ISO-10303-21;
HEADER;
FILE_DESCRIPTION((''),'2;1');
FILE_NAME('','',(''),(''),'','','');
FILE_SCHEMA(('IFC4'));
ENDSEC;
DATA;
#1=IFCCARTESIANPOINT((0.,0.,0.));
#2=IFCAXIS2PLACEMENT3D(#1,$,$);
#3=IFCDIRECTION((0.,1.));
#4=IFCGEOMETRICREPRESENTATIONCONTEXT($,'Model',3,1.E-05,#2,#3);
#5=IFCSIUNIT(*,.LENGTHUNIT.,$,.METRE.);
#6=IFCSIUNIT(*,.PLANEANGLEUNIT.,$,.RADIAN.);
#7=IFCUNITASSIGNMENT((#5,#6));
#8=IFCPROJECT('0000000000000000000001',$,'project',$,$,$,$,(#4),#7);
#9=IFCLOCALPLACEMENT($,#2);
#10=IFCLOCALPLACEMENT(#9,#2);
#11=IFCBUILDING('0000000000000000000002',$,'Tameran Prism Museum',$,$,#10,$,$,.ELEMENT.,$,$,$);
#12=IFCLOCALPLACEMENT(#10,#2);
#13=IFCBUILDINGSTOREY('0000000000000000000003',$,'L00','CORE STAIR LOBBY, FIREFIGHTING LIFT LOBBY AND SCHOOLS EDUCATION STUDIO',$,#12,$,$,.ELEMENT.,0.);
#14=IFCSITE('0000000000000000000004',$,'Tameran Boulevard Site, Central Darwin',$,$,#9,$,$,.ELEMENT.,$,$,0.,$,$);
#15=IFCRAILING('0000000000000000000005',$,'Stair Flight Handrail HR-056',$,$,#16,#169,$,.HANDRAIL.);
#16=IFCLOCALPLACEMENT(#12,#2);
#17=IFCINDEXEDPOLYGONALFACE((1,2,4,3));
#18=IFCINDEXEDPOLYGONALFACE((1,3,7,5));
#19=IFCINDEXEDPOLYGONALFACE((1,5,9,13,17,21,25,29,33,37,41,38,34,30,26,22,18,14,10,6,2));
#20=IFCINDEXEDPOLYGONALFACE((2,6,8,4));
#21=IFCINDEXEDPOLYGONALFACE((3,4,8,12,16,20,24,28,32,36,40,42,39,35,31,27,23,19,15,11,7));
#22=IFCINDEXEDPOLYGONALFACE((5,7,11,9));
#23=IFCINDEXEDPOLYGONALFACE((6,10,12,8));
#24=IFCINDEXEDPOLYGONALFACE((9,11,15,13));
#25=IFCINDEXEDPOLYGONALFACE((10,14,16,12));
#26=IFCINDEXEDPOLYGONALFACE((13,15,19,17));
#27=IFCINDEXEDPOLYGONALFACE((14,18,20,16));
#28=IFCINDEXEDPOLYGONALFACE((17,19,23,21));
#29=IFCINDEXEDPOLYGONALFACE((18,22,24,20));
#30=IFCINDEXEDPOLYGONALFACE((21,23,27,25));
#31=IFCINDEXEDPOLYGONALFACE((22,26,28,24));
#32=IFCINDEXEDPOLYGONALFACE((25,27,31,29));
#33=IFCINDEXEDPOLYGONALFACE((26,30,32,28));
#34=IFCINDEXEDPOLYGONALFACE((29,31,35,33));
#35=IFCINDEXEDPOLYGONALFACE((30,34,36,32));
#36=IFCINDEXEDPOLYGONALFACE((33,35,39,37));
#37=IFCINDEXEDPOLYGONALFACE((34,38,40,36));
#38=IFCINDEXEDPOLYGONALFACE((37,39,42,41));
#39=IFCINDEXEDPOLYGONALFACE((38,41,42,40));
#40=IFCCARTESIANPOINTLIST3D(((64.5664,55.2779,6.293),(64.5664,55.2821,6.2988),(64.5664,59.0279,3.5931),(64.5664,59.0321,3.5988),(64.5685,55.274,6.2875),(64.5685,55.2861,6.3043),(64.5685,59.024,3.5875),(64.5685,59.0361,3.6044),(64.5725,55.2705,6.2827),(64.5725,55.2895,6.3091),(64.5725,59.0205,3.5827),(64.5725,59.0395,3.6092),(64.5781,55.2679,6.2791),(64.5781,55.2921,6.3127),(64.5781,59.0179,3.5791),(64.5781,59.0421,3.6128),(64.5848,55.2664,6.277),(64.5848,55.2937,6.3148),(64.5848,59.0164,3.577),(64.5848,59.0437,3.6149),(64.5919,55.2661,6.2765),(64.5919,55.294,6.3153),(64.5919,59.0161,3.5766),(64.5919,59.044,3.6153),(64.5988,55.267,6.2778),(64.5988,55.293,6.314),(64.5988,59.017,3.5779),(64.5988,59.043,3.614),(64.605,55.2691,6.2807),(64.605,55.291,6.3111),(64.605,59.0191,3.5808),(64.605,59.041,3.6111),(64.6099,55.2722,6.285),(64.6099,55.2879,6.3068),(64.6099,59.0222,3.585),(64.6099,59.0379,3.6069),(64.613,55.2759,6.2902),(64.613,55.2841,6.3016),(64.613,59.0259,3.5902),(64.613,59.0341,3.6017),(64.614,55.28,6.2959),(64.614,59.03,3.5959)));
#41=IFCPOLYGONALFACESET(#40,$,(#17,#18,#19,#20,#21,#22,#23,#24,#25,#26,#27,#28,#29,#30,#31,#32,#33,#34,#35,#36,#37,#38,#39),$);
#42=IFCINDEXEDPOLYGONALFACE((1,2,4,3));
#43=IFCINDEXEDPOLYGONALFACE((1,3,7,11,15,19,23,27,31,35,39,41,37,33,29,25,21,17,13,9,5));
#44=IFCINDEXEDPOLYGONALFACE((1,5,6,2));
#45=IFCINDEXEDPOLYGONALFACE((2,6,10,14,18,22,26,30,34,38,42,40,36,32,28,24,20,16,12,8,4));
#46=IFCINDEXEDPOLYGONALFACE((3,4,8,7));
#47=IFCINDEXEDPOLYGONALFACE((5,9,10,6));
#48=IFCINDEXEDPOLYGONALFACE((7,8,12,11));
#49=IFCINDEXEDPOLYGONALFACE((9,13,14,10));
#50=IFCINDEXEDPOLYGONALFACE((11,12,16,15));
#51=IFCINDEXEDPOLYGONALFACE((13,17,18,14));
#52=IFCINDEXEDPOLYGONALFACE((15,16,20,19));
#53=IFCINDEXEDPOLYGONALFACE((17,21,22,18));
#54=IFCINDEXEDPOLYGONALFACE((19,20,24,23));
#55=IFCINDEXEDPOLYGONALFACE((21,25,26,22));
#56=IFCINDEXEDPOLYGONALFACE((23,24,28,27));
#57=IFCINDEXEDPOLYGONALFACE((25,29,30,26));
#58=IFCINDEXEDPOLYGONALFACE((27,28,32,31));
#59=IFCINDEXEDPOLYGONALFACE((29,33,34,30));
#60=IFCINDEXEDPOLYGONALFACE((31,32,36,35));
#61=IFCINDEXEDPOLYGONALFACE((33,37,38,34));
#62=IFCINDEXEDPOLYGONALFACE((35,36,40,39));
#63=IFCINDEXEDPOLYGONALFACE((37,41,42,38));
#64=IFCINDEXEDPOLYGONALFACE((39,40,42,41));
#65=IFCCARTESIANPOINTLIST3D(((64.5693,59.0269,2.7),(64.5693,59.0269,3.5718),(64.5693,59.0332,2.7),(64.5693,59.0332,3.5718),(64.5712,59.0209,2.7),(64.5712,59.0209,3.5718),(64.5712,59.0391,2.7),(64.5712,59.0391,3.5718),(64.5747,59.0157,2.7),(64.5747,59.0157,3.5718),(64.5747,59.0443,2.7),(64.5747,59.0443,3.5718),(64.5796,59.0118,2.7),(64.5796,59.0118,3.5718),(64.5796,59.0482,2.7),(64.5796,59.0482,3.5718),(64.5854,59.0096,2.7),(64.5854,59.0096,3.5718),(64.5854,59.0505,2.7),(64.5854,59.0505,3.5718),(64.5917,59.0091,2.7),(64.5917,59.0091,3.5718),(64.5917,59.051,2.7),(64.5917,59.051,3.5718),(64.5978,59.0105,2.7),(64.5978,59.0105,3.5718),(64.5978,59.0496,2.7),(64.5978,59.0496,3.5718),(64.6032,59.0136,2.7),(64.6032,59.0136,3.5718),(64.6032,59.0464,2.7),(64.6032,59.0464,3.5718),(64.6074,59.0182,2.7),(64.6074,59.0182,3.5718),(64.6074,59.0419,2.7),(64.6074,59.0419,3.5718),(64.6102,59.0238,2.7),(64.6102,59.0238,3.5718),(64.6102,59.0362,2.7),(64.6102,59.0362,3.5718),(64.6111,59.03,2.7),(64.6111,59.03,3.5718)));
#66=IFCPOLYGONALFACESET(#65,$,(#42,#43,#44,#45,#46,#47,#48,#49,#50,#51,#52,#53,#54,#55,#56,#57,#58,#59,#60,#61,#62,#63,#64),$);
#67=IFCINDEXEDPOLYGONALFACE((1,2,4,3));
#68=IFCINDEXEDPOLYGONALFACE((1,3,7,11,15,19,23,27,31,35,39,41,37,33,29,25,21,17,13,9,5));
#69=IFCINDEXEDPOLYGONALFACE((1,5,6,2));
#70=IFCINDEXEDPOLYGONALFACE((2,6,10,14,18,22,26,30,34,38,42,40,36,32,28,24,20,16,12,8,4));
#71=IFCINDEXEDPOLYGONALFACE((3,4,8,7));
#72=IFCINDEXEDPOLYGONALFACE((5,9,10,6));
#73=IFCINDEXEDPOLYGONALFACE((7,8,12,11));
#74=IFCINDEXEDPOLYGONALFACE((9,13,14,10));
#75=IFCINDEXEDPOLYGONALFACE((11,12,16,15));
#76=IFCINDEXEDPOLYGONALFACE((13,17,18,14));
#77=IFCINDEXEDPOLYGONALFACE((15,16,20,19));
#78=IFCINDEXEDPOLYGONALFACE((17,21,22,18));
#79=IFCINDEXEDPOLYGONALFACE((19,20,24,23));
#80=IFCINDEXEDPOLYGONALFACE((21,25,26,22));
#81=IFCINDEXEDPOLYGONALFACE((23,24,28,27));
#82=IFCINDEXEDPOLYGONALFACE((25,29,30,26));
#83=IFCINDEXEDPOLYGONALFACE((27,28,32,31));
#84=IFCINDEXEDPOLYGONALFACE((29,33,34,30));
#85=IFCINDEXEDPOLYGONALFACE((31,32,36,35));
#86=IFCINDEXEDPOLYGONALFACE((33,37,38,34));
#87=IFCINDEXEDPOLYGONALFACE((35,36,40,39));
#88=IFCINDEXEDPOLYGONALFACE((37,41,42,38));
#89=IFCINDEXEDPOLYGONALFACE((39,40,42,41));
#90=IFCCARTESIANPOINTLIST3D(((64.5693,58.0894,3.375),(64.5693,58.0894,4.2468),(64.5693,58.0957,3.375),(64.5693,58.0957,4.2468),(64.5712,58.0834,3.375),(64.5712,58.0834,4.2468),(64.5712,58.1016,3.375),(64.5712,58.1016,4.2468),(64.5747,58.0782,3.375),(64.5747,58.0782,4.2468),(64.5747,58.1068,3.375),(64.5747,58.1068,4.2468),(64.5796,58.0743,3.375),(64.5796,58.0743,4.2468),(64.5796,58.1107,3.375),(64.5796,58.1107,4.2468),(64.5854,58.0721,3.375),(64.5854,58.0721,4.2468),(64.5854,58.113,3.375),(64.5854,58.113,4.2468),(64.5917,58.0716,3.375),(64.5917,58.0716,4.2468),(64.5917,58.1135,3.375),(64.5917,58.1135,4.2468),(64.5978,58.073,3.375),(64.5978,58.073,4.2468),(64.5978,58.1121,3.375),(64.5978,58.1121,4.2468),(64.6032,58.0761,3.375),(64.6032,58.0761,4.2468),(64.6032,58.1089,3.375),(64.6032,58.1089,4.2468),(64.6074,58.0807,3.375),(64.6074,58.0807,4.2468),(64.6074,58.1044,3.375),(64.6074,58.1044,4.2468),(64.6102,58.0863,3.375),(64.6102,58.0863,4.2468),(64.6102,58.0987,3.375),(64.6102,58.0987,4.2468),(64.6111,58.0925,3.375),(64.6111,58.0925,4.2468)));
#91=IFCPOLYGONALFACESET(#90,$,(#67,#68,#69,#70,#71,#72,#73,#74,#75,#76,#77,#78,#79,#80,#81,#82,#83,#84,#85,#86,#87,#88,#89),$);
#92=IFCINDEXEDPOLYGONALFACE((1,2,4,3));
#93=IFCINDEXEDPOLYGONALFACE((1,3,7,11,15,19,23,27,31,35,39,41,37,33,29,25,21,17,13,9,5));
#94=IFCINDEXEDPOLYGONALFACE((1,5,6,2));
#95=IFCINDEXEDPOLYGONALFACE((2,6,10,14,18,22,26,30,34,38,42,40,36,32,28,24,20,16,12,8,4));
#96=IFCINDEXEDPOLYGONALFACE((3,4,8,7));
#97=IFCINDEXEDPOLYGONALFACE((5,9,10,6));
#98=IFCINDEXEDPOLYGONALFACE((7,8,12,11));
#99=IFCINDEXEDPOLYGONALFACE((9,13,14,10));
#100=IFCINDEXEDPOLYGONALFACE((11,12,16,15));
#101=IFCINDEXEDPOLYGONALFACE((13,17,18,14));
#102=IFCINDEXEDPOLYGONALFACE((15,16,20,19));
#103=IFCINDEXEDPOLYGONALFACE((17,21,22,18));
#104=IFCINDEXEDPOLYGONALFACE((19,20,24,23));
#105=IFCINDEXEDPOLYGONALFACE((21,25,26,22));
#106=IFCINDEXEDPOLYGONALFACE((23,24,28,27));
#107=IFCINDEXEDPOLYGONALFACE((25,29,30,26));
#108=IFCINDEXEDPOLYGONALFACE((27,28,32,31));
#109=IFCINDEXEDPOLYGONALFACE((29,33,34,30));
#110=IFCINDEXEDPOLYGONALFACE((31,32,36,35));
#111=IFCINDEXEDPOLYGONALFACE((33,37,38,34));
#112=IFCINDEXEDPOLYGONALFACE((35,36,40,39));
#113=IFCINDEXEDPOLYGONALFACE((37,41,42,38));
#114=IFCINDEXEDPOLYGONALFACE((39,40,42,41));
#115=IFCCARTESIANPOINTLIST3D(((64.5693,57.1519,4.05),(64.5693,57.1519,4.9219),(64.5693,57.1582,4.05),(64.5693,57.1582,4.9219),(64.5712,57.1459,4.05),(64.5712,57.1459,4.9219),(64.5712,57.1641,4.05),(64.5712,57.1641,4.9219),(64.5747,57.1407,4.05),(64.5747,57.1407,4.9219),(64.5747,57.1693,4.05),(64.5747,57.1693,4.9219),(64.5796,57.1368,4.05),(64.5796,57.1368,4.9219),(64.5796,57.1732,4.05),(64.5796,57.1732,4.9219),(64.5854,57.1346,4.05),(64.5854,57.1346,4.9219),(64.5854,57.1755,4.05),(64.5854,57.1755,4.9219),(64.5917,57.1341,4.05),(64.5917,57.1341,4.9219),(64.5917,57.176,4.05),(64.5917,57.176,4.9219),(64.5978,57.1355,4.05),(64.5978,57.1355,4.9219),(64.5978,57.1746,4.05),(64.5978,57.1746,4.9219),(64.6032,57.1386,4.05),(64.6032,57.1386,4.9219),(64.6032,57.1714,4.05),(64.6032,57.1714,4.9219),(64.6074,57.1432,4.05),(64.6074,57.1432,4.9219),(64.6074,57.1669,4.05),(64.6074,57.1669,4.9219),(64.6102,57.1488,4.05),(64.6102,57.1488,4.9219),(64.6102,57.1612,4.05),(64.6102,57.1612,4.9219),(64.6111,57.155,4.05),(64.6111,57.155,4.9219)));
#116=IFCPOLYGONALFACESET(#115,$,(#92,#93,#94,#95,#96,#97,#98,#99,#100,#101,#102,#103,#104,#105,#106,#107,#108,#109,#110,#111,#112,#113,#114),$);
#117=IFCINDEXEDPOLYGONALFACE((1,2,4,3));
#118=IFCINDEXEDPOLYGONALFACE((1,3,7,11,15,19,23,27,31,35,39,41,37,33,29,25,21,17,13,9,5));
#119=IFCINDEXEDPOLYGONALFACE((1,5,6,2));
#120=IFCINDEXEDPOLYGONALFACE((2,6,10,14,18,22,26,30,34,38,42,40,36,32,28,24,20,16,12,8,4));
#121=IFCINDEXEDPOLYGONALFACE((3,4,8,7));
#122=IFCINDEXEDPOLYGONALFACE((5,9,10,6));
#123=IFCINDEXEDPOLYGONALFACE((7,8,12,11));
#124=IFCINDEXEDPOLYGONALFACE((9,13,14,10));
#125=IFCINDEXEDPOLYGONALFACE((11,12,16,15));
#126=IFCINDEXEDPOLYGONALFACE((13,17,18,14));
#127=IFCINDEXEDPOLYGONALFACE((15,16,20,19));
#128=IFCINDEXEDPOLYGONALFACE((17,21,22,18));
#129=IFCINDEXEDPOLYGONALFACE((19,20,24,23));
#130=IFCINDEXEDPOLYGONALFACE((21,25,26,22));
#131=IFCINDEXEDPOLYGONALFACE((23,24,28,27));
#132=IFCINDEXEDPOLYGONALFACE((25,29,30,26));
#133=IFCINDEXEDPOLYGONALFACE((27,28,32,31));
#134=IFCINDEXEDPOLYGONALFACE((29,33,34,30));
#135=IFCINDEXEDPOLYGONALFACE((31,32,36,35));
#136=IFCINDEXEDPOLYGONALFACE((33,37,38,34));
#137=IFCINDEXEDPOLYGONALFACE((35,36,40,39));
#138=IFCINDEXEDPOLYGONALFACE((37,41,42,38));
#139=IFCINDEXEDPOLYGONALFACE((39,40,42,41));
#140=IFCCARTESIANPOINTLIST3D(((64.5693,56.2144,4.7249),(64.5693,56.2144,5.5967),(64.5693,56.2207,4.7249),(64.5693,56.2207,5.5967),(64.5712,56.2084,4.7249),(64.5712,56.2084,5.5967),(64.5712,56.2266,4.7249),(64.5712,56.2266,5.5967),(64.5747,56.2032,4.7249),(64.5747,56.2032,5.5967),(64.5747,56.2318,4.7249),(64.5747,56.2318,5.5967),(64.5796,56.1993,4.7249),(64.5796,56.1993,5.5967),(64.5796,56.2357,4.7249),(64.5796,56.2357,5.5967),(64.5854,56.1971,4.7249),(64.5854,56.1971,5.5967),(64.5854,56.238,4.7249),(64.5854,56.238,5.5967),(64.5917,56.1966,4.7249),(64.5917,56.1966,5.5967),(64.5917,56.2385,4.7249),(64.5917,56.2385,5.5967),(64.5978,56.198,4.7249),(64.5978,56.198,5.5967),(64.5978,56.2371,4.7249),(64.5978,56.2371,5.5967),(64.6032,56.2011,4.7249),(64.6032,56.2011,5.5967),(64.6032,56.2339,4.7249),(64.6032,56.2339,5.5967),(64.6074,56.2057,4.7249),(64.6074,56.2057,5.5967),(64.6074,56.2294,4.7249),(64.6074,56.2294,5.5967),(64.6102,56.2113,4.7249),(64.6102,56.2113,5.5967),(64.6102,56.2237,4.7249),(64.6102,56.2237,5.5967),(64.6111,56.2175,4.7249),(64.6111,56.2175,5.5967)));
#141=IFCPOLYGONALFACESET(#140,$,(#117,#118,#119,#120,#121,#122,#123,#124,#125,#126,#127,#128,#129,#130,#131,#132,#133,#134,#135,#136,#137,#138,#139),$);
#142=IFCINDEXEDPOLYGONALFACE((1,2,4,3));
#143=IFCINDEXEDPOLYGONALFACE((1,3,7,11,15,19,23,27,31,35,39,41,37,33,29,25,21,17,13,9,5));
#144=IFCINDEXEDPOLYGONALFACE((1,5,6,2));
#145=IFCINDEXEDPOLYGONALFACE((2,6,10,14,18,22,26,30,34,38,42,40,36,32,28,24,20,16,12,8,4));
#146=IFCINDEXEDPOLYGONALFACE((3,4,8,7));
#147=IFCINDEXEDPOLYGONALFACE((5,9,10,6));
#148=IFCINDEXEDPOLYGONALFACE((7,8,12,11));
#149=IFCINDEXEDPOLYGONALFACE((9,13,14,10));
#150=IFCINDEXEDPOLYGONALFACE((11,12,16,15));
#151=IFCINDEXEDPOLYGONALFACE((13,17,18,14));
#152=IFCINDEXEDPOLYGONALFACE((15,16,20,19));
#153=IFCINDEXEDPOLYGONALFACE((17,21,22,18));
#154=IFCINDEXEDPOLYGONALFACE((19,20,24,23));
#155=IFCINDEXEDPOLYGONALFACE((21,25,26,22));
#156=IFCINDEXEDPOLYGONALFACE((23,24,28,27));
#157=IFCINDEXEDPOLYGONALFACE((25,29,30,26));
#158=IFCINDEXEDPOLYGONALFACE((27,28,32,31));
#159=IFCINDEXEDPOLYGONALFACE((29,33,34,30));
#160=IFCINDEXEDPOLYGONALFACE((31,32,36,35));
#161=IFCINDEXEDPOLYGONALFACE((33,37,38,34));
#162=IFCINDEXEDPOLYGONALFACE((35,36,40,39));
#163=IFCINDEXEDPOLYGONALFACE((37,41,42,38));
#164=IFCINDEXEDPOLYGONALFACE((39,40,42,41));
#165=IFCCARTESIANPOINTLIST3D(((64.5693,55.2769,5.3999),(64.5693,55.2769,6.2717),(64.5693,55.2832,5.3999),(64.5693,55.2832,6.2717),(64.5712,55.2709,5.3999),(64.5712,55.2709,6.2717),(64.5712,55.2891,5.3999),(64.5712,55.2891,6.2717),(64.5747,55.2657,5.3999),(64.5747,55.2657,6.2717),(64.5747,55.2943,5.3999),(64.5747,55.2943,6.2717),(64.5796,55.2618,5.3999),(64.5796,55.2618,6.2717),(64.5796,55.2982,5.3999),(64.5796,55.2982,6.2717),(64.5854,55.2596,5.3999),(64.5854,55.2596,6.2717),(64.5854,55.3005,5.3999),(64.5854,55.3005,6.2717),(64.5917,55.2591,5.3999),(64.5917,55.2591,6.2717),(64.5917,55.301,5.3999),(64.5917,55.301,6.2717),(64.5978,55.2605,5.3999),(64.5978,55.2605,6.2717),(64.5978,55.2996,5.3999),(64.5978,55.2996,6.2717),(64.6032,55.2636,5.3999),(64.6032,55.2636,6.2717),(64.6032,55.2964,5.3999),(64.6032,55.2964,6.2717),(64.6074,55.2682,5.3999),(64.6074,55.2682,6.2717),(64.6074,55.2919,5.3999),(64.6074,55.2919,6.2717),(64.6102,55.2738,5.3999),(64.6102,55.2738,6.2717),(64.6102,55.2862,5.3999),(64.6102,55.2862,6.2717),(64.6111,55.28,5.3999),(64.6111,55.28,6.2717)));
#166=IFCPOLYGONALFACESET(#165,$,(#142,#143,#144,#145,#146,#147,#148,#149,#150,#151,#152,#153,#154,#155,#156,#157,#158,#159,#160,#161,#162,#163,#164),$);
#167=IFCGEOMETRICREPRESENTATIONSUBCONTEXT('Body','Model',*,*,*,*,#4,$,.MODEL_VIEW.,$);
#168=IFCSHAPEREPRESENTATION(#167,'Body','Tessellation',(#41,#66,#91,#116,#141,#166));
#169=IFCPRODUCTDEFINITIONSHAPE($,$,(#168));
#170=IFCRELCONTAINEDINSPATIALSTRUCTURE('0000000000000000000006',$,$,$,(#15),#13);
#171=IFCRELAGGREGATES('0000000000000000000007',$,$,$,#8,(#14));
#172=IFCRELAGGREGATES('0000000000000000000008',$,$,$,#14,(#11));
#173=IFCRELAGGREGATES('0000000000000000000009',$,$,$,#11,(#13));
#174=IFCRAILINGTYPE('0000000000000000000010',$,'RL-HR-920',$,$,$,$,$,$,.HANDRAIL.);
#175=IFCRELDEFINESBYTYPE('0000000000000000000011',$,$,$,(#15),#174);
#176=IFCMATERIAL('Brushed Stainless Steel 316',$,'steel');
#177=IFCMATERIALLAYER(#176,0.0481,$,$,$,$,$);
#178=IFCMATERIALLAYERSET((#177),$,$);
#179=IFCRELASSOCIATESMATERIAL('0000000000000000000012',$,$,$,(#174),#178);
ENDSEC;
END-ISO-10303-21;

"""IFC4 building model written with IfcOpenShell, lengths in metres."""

from ifc_helpers import new_model, si_unit, direction, frame, origin, origin_2d, place, context, subcontext, project, spatial, circle, extrude, material, layer, layer_set, type_object, element, save


model = new_model("IFC4")

# Units and contexts
model_context = context("Model", 3, precision=1e-05, world=origin(), true_north=direction((0.0, 1.0)))
body_context = subcontext(model_context, "Body", "Model", "MODEL_VIEW")
ifc_project = project(units=[si_unit("LENGTHUNIT", "METRE"), si_unit("PLANEANGLEUNIT", "RADIAN")], contexts=[model_context])

# Site, building, storey
site_placement = place(None, origin())
site = spatial("IfcSite", under=ifc_project, at=site_placement, Name="Tameran Boulevard Site, Central Darwin", CompositionType="ELEMENT", RefElevation=0.0)
building_placement = place(site_placement, origin())
building = spatial("IfcBuilding", under=site, at=building_placement, Name="Tameran Prism Museum", CompositionType="ELEMENT")
storey_placement = place(building_placement, origin())
storey = spatial("IfcBuildingStorey", under=building, at=storey_placement, Name="L00", Description="CORE STAIR LOBBY, FIREFIGHTING LIFT LOBBY AND SCHOOLS EDUCATION STUDIO", CompositionType="ELEMENT", Elevation=0.0)

# Railing
ifc_material_1 = material(Name="Brushed Stainless Steel 316", Category="steel")
ifc_layer_1 = layer(ifc_material_1, 0.0481)
ifc_layer_set_1 = layer_set([ifc_layer_1])
railing_type_1 = type_object("IfcRailingType", Name="RL-HR-920", PredefinedType="HANDRAIL", material=ifc_layer_set_1)
railing_1_placement = place(storey_placement, frame((64.5901, 59.03, 2.7)))
element("IfcRailing", 1, at=railing_1_placement, inside=storey, type_object=railing_type_1, Name="Stair Flight Handrail HR-056", PredefinedType="HANDRAIL", context=body_context, shape_type="SweptSolid", body=[
    extrude(circle(Radius=0.0239, at=origin_2d()), frame((0.0, 0.0, 0.896), z_axis=(0.0, -0.811539, 0.584298), x_axis=(1.0, 0.0, 0.0)), (0.0, 0.0, 1.0), 4.6208),
    extrude(circle(Radius=0.021, at=origin_2d()), origin(), (0.0, 0.0, 1.0), 0.8718),
    extrude(circle(Radius=0.021, at=origin_2d()), frame((0.0, -0.9375, 0.675)), (0.0, 0.0, 1.0), 0.8718),
    extrude(circle(Radius=0.021, at=origin_2d()), frame((0.0, -1.875, 1.3501)), (0.0, 0.0, 1.0), 0.8718),
    extrude(circle(Radius=0.021, at=origin_2d()), frame((0.0, -2.8125, 2.0249)), (0.0, 0.0, 1.0), 0.8718),
    extrude(circle(Radius=0.021, at=origin_2d()), frame((0.0, -3.75, 2.7)), (0.0, 0.0, 1.0), 0.8718),
])

save(model, "model.ifc")
